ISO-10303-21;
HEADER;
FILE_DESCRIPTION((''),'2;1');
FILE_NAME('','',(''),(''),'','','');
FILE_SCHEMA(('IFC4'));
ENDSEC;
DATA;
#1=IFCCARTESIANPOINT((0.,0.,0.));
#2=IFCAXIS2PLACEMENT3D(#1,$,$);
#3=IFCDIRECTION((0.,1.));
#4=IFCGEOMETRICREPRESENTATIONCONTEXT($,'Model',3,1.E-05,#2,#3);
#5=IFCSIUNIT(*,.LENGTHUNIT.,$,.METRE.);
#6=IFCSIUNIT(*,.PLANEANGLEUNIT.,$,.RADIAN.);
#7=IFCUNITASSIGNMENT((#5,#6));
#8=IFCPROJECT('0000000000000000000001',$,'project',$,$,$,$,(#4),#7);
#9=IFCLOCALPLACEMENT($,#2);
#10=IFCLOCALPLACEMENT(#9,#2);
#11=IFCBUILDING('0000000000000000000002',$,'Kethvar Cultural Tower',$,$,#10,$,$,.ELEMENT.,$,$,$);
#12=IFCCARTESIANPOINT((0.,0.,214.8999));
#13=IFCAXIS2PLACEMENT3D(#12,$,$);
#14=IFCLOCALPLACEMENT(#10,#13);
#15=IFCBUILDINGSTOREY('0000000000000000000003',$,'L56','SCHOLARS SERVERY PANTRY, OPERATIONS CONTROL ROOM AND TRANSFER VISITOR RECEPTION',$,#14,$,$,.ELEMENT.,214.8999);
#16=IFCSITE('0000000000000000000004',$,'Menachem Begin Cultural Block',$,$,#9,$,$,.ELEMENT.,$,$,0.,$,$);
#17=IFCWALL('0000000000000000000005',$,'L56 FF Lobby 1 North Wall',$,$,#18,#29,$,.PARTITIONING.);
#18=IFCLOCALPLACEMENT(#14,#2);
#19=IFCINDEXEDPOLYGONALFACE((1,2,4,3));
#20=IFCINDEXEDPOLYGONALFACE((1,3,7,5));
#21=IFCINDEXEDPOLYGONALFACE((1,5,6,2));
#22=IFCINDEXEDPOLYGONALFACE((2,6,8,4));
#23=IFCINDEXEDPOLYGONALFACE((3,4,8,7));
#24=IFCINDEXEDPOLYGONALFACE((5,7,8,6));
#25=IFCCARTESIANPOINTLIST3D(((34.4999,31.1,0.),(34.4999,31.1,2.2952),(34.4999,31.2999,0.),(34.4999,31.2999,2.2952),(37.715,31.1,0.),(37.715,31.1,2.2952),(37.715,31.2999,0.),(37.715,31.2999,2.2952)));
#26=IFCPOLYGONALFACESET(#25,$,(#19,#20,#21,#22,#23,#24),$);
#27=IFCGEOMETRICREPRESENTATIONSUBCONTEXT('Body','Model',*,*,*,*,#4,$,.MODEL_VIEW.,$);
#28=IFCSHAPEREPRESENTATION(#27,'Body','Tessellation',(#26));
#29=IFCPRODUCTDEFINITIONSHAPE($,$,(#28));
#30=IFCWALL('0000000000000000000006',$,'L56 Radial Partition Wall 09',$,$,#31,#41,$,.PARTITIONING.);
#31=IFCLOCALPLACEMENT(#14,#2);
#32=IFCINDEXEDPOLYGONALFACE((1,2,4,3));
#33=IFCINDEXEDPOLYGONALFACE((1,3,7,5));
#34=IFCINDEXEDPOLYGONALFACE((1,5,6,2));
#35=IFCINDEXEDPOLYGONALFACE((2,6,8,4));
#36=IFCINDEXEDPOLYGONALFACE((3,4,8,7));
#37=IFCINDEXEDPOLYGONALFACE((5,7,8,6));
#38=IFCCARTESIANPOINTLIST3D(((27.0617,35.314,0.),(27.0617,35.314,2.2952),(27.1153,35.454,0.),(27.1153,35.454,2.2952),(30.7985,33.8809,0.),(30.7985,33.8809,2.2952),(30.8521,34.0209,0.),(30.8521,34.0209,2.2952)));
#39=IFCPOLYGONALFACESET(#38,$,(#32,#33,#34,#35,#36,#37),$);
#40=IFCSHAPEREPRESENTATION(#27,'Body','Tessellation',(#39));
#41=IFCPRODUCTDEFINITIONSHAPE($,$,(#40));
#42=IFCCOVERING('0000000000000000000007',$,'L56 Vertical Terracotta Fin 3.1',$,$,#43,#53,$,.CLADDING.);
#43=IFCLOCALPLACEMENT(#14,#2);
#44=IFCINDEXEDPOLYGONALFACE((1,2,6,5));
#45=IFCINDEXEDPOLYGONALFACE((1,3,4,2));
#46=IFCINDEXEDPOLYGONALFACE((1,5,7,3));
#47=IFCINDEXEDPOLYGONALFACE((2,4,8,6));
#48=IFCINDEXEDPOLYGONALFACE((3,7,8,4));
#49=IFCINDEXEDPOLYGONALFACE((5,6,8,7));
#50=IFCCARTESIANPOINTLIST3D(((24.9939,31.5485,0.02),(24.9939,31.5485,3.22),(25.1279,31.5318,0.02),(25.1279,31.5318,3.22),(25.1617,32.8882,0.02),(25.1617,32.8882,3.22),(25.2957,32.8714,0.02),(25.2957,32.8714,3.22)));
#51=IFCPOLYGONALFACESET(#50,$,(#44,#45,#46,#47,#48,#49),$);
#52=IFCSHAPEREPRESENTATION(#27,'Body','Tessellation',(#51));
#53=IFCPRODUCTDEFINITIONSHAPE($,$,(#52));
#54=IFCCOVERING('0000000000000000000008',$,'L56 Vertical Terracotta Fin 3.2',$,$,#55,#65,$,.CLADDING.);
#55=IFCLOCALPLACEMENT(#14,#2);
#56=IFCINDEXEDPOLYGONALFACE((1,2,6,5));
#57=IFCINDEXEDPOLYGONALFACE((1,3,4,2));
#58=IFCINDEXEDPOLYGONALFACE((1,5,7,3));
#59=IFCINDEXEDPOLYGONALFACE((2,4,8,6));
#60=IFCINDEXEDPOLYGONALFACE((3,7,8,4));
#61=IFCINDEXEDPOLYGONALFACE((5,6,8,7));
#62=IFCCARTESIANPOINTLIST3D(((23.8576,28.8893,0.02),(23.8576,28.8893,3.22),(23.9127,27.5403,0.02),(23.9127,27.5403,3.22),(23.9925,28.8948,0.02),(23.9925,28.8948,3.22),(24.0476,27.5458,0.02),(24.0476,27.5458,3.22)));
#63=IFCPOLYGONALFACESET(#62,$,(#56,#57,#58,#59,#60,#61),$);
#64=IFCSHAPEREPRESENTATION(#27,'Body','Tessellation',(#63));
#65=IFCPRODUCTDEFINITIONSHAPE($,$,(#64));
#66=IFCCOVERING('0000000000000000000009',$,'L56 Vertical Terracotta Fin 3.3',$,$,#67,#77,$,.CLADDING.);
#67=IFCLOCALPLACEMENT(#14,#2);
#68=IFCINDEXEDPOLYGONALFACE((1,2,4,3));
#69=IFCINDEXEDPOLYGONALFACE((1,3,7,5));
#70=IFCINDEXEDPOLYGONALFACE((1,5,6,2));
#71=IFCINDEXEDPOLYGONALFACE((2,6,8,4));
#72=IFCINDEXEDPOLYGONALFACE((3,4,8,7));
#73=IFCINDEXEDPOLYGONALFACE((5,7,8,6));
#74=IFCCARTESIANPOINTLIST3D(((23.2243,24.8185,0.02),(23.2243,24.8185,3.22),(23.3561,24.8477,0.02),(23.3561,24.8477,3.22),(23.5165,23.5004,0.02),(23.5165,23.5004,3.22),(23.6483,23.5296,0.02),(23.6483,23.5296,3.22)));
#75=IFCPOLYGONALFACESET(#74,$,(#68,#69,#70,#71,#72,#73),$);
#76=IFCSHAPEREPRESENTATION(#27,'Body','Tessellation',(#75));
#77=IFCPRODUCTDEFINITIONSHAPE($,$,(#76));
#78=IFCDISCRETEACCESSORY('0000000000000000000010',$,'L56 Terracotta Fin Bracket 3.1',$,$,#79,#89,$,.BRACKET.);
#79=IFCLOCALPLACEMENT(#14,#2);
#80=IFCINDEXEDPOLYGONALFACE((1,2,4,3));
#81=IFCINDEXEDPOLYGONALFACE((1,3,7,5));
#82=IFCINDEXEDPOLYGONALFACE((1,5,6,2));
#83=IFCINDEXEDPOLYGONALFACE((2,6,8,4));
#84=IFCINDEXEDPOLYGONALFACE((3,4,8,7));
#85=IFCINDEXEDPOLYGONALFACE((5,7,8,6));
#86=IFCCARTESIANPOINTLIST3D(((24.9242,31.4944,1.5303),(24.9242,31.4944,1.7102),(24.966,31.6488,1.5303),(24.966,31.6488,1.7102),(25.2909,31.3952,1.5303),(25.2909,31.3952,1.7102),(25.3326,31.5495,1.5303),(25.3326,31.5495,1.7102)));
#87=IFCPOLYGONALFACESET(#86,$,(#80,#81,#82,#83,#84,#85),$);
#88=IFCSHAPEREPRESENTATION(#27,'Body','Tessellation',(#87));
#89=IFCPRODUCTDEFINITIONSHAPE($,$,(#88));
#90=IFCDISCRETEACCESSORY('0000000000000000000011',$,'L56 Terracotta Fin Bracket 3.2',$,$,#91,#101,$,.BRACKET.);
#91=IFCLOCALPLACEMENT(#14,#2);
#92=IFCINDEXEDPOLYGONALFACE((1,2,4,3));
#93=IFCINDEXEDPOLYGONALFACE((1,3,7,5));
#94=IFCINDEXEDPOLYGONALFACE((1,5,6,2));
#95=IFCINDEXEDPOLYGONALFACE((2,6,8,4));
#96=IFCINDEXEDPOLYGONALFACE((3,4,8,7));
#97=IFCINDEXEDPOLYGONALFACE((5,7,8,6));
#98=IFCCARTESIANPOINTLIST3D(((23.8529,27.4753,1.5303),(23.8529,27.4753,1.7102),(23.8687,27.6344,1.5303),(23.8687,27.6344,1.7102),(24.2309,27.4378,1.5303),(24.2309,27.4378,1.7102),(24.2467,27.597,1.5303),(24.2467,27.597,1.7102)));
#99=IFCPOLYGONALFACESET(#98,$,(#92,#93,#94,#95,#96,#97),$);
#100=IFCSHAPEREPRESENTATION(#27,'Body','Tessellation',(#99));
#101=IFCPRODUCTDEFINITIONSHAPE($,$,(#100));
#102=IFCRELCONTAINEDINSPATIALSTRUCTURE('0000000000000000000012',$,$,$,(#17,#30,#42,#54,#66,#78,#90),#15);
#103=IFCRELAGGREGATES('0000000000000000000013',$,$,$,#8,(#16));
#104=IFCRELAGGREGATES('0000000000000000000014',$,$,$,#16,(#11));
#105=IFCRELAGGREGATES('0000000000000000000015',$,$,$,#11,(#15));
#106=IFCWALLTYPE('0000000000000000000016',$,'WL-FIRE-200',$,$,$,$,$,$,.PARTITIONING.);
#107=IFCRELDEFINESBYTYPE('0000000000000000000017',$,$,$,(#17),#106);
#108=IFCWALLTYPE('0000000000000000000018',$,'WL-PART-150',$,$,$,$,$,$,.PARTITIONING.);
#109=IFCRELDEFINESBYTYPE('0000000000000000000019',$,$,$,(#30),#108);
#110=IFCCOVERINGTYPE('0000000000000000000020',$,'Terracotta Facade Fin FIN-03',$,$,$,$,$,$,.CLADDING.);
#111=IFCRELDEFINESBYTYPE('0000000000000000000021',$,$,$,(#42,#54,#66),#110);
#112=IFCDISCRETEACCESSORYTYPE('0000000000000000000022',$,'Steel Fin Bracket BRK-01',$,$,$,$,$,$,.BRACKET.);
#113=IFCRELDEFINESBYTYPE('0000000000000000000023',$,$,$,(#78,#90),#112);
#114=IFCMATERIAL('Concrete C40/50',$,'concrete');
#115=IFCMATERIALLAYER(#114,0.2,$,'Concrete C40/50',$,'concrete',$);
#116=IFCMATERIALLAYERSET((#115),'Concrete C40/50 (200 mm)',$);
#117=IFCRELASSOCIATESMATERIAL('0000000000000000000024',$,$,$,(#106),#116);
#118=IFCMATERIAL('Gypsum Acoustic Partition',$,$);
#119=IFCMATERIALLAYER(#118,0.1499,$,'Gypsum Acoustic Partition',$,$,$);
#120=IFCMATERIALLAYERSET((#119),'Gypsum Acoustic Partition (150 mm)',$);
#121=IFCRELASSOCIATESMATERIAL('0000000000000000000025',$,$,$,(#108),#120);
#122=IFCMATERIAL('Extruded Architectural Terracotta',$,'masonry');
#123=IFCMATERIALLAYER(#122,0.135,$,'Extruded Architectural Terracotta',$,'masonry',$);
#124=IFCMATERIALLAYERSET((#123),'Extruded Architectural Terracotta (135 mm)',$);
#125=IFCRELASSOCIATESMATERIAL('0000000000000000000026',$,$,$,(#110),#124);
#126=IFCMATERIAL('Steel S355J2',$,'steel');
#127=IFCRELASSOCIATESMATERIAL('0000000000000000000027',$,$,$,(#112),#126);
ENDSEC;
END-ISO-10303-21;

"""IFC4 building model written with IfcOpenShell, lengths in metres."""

from ifc_helpers import new_model, si_unit, direction, frame, frame_2d, origin, origin_2d, place, context, subcontext, project, spatial, rectangle, extrude, source, transform, mapped, material, layer, layer_set, type_object, element, save


model = new_model("IFC4")

# Units and contexts
model_context = context("Model", 3, precision=1e-05, world=origin(), true_north=direction((0.0, 1.0)))
body_context = subcontext(model_context, "Body", "Model", "MODEL_VIEW")
ifc_project = project(units=[si_unit("LENGTHUNIT", "METRE"), si_unit("PLANEANGLEUNIT", "RADIAN")], contexts=[model_context])

# Site, building, storey
site_placement = place(None, origin())
site = spatial("IfcSite", under=ifc_project, at=site_placement, Name="Menachem Begin Cultural Block", CompositionType="ELEMENT", RefElevation=0.0)
building_placement = place(site_placement, origin())
building = spatial("IfcBuilding", under=site, at=building_placement, Name="Kethvar Cultural Tower", CompositionType="ELEMENT")
storey_placement = place(building_placement, frame((0.0, 0.0, 214.8999)))
storey = spatial("IfcBuildingStorey", under=building, at=storey_placement, Name="L56", Description="SCHOLARS SERVERY PANTRY, OPERATIONS CONTROL ROOM AND TRANSFER VISITOR RECEPTION", CompositionType="ELEMENT", Elevation=214.8999)

# Shared definitions
ifc_material_1 = material(Name="Steel S355J2", Category="steel")

# Shared definitions
ifc_material_2 = material(Name="Concrete C40/50", Category="concrete")
ifc_layer_1 = layer(ifc_material_2, 0.2, Name="Concrete C40/50", Category="concrete")
ifc_layer_set_1 = layer_set([ifc_layer_1], Name="Concrete C40/50 (200 mm)")
wall_type_1 = type_object("IfcWallType", Name="WL-FIRE-200", PredefinedType="PARTITIONING", material=ifc_layer_set_1)

# Walls
for number, where, z_axis, x_axis, name in (
    (1, (34.5, 31.2, 0.0), (0.0, 0.0, 1.0), (1.0, 0.0, 0.0), "L56 FF Lobby 1 North Wall"),
):
    element("IfcWall", number, at=place(storey_placement, frame(where, z_axis=z_axis, x_axis=x_axis)), inside=storey, type_object=wall_type_1, Name=name, PredefinedType="PARTITIONING", context=body_context, shape_type="SweptSolid", body=[
        extrude(rectangle(XDim=3.2151, YDim=0.2, at=frame_2d((1.6074, 0.0))), origin(), (0.0, 0.0, 1.0), 2.2952),
    ])
ifc_material_3 = material(Name="Gypsum Acoustic Partition")
ifc_layer_2 = layer(ifc_material_3, 0.1499, Name="Gypsum Acoustic Partition")
ifc_layer_set_2 = layer_set([ifc_layer_2], Name="Gypsum Acoustic Partition (150 mm)")
wall_type_2 = type_object("IfcWallType", Name="WL-PART-150", PredefinedType="PARTITIONING", material=ifc_layer_set_2)
wall_1_placement = place(storey_placement, frame((30.8252, 33.9509, 0.0), z_axis=(0.0, 0.0, 1.0), x_axis=(-0.933691, 0.35808, 0.0)))
element("IfcWall", 2, at=wall_1_placement, inside=storey, type_object=wall_type_2, Name="L56 Radial Partition Wall 09", PredefinedType="PARTITIONING", context=body_context, shape_type="SweptSolid", body=[
    extrude(rectangle(XDim=4.0022, YDim=0.1499, at=frame_2d((2.001, 0.0))), origin(), (0.0, 0.0, 1.0), 2.2952),
])

# Coverings
ifc_material_4 = material(Name="Extruded Architectural Terracotta", Category="masonry")
ifc_layer_3 = layer(ifc_material_4, 0.135, Name="Extruded Architectural Terracotta", Category="masonry")
ifc_layer_set_3 = layer_set([ifc_layer_3], Name="Extruded Architectural Terracotta (135 mm)")
covering_type = type_object("IfcCoveringType", Name="Terracotta Facade Fin FIN-03", PredefinedType="CLADDING", material=ifc_layer_set_3)
shared_shape_1 = source(origin(), body_context, "Body", "SweptSolid", [
    extrude(rectangle(XDim=1.3501, YDim=0.135, at=origin_2d()), origin(), (0.0, 0.0, 1.0), 3.2),
])
for number, where, z_axis, x_axis, name in (
    (3, (25.1448, 32.21, 0.02), (0.0, 0.0, 1.0), (0.124294, 0.992245, 0.0), "L56 Vertical Terracotta Fin 3.1"),
    (4, (23.9526, 28.2175, 0.02), (0.0, 0.0, 1.0), (-0.040829, 0.999166, 0.0), "L56 Vertical Terracotta Fin 3.2"),
    (5, (23.4363, 24.1741, 0.02), (0.0, 0.0, 1.0), (-0.21644, 0.976296, 0.0), "L56 Vertical Terracotta Fin 3.3"),
):
    element("IfcCovering", number, at=place(storey_placement, frame(where, z_axis=z_axis, x_axis=x_axis)), inside=storey, type_object=covering_type, Name=name, PredefinedType="CLADDING", context=body_context, shape_type="MappedRepresentation", body=[
        mapped(shared_shape_1, transform((0.0, 0.0, 0.0), scale=1.0)),
    ])

# Discrete accessories
discrete_accessory_type = type_object("IfcDiscreteAccessoryType", Name="Steel Fin Bracket BRK-01", PredefinedType="BRACKET", material=ifc_material_1)
shared_shape_2 = source(origin(), body_context, "Body", "SweptSolid", [
    extrude(rectangle(XDim=0.3799, YDim=0.1599, at=origin_2d()), origin(), (0.0, 0.0, 1.0), 0.1799),
])
for number, where, z_axis, x_axis, name in (
    (6, (25.1284, 31.522, 1.5303), (0.0, 0.0, 1.0), (-0.965291, 0.261178, 0.0), "L56 Terracotta Fin Bracket 3.1"),
    (7, (24.0498, 27.5361, 1.5303), (0.0, 0.0, 1.0), (-0.995125, 0.098625, 0.0), "L56 Terracotta Fin Bracket 3.2"),
):
    element("IfcDiscreteAccessory", number, at=place(storey_placement, frame(where, z_axis=z_axis, x_axis=x_axis)), inside=storey, type_object=discrete_accessory_type, Name=name, PredefinedType="BRACKET", context=body_context, shape_type="MappedRepresentation", body=[
        mapped(shared_shape_2, transform((0.0, 0.0, 0.0), scale=1.0)),
    ])

save(model, "model.ifc")
